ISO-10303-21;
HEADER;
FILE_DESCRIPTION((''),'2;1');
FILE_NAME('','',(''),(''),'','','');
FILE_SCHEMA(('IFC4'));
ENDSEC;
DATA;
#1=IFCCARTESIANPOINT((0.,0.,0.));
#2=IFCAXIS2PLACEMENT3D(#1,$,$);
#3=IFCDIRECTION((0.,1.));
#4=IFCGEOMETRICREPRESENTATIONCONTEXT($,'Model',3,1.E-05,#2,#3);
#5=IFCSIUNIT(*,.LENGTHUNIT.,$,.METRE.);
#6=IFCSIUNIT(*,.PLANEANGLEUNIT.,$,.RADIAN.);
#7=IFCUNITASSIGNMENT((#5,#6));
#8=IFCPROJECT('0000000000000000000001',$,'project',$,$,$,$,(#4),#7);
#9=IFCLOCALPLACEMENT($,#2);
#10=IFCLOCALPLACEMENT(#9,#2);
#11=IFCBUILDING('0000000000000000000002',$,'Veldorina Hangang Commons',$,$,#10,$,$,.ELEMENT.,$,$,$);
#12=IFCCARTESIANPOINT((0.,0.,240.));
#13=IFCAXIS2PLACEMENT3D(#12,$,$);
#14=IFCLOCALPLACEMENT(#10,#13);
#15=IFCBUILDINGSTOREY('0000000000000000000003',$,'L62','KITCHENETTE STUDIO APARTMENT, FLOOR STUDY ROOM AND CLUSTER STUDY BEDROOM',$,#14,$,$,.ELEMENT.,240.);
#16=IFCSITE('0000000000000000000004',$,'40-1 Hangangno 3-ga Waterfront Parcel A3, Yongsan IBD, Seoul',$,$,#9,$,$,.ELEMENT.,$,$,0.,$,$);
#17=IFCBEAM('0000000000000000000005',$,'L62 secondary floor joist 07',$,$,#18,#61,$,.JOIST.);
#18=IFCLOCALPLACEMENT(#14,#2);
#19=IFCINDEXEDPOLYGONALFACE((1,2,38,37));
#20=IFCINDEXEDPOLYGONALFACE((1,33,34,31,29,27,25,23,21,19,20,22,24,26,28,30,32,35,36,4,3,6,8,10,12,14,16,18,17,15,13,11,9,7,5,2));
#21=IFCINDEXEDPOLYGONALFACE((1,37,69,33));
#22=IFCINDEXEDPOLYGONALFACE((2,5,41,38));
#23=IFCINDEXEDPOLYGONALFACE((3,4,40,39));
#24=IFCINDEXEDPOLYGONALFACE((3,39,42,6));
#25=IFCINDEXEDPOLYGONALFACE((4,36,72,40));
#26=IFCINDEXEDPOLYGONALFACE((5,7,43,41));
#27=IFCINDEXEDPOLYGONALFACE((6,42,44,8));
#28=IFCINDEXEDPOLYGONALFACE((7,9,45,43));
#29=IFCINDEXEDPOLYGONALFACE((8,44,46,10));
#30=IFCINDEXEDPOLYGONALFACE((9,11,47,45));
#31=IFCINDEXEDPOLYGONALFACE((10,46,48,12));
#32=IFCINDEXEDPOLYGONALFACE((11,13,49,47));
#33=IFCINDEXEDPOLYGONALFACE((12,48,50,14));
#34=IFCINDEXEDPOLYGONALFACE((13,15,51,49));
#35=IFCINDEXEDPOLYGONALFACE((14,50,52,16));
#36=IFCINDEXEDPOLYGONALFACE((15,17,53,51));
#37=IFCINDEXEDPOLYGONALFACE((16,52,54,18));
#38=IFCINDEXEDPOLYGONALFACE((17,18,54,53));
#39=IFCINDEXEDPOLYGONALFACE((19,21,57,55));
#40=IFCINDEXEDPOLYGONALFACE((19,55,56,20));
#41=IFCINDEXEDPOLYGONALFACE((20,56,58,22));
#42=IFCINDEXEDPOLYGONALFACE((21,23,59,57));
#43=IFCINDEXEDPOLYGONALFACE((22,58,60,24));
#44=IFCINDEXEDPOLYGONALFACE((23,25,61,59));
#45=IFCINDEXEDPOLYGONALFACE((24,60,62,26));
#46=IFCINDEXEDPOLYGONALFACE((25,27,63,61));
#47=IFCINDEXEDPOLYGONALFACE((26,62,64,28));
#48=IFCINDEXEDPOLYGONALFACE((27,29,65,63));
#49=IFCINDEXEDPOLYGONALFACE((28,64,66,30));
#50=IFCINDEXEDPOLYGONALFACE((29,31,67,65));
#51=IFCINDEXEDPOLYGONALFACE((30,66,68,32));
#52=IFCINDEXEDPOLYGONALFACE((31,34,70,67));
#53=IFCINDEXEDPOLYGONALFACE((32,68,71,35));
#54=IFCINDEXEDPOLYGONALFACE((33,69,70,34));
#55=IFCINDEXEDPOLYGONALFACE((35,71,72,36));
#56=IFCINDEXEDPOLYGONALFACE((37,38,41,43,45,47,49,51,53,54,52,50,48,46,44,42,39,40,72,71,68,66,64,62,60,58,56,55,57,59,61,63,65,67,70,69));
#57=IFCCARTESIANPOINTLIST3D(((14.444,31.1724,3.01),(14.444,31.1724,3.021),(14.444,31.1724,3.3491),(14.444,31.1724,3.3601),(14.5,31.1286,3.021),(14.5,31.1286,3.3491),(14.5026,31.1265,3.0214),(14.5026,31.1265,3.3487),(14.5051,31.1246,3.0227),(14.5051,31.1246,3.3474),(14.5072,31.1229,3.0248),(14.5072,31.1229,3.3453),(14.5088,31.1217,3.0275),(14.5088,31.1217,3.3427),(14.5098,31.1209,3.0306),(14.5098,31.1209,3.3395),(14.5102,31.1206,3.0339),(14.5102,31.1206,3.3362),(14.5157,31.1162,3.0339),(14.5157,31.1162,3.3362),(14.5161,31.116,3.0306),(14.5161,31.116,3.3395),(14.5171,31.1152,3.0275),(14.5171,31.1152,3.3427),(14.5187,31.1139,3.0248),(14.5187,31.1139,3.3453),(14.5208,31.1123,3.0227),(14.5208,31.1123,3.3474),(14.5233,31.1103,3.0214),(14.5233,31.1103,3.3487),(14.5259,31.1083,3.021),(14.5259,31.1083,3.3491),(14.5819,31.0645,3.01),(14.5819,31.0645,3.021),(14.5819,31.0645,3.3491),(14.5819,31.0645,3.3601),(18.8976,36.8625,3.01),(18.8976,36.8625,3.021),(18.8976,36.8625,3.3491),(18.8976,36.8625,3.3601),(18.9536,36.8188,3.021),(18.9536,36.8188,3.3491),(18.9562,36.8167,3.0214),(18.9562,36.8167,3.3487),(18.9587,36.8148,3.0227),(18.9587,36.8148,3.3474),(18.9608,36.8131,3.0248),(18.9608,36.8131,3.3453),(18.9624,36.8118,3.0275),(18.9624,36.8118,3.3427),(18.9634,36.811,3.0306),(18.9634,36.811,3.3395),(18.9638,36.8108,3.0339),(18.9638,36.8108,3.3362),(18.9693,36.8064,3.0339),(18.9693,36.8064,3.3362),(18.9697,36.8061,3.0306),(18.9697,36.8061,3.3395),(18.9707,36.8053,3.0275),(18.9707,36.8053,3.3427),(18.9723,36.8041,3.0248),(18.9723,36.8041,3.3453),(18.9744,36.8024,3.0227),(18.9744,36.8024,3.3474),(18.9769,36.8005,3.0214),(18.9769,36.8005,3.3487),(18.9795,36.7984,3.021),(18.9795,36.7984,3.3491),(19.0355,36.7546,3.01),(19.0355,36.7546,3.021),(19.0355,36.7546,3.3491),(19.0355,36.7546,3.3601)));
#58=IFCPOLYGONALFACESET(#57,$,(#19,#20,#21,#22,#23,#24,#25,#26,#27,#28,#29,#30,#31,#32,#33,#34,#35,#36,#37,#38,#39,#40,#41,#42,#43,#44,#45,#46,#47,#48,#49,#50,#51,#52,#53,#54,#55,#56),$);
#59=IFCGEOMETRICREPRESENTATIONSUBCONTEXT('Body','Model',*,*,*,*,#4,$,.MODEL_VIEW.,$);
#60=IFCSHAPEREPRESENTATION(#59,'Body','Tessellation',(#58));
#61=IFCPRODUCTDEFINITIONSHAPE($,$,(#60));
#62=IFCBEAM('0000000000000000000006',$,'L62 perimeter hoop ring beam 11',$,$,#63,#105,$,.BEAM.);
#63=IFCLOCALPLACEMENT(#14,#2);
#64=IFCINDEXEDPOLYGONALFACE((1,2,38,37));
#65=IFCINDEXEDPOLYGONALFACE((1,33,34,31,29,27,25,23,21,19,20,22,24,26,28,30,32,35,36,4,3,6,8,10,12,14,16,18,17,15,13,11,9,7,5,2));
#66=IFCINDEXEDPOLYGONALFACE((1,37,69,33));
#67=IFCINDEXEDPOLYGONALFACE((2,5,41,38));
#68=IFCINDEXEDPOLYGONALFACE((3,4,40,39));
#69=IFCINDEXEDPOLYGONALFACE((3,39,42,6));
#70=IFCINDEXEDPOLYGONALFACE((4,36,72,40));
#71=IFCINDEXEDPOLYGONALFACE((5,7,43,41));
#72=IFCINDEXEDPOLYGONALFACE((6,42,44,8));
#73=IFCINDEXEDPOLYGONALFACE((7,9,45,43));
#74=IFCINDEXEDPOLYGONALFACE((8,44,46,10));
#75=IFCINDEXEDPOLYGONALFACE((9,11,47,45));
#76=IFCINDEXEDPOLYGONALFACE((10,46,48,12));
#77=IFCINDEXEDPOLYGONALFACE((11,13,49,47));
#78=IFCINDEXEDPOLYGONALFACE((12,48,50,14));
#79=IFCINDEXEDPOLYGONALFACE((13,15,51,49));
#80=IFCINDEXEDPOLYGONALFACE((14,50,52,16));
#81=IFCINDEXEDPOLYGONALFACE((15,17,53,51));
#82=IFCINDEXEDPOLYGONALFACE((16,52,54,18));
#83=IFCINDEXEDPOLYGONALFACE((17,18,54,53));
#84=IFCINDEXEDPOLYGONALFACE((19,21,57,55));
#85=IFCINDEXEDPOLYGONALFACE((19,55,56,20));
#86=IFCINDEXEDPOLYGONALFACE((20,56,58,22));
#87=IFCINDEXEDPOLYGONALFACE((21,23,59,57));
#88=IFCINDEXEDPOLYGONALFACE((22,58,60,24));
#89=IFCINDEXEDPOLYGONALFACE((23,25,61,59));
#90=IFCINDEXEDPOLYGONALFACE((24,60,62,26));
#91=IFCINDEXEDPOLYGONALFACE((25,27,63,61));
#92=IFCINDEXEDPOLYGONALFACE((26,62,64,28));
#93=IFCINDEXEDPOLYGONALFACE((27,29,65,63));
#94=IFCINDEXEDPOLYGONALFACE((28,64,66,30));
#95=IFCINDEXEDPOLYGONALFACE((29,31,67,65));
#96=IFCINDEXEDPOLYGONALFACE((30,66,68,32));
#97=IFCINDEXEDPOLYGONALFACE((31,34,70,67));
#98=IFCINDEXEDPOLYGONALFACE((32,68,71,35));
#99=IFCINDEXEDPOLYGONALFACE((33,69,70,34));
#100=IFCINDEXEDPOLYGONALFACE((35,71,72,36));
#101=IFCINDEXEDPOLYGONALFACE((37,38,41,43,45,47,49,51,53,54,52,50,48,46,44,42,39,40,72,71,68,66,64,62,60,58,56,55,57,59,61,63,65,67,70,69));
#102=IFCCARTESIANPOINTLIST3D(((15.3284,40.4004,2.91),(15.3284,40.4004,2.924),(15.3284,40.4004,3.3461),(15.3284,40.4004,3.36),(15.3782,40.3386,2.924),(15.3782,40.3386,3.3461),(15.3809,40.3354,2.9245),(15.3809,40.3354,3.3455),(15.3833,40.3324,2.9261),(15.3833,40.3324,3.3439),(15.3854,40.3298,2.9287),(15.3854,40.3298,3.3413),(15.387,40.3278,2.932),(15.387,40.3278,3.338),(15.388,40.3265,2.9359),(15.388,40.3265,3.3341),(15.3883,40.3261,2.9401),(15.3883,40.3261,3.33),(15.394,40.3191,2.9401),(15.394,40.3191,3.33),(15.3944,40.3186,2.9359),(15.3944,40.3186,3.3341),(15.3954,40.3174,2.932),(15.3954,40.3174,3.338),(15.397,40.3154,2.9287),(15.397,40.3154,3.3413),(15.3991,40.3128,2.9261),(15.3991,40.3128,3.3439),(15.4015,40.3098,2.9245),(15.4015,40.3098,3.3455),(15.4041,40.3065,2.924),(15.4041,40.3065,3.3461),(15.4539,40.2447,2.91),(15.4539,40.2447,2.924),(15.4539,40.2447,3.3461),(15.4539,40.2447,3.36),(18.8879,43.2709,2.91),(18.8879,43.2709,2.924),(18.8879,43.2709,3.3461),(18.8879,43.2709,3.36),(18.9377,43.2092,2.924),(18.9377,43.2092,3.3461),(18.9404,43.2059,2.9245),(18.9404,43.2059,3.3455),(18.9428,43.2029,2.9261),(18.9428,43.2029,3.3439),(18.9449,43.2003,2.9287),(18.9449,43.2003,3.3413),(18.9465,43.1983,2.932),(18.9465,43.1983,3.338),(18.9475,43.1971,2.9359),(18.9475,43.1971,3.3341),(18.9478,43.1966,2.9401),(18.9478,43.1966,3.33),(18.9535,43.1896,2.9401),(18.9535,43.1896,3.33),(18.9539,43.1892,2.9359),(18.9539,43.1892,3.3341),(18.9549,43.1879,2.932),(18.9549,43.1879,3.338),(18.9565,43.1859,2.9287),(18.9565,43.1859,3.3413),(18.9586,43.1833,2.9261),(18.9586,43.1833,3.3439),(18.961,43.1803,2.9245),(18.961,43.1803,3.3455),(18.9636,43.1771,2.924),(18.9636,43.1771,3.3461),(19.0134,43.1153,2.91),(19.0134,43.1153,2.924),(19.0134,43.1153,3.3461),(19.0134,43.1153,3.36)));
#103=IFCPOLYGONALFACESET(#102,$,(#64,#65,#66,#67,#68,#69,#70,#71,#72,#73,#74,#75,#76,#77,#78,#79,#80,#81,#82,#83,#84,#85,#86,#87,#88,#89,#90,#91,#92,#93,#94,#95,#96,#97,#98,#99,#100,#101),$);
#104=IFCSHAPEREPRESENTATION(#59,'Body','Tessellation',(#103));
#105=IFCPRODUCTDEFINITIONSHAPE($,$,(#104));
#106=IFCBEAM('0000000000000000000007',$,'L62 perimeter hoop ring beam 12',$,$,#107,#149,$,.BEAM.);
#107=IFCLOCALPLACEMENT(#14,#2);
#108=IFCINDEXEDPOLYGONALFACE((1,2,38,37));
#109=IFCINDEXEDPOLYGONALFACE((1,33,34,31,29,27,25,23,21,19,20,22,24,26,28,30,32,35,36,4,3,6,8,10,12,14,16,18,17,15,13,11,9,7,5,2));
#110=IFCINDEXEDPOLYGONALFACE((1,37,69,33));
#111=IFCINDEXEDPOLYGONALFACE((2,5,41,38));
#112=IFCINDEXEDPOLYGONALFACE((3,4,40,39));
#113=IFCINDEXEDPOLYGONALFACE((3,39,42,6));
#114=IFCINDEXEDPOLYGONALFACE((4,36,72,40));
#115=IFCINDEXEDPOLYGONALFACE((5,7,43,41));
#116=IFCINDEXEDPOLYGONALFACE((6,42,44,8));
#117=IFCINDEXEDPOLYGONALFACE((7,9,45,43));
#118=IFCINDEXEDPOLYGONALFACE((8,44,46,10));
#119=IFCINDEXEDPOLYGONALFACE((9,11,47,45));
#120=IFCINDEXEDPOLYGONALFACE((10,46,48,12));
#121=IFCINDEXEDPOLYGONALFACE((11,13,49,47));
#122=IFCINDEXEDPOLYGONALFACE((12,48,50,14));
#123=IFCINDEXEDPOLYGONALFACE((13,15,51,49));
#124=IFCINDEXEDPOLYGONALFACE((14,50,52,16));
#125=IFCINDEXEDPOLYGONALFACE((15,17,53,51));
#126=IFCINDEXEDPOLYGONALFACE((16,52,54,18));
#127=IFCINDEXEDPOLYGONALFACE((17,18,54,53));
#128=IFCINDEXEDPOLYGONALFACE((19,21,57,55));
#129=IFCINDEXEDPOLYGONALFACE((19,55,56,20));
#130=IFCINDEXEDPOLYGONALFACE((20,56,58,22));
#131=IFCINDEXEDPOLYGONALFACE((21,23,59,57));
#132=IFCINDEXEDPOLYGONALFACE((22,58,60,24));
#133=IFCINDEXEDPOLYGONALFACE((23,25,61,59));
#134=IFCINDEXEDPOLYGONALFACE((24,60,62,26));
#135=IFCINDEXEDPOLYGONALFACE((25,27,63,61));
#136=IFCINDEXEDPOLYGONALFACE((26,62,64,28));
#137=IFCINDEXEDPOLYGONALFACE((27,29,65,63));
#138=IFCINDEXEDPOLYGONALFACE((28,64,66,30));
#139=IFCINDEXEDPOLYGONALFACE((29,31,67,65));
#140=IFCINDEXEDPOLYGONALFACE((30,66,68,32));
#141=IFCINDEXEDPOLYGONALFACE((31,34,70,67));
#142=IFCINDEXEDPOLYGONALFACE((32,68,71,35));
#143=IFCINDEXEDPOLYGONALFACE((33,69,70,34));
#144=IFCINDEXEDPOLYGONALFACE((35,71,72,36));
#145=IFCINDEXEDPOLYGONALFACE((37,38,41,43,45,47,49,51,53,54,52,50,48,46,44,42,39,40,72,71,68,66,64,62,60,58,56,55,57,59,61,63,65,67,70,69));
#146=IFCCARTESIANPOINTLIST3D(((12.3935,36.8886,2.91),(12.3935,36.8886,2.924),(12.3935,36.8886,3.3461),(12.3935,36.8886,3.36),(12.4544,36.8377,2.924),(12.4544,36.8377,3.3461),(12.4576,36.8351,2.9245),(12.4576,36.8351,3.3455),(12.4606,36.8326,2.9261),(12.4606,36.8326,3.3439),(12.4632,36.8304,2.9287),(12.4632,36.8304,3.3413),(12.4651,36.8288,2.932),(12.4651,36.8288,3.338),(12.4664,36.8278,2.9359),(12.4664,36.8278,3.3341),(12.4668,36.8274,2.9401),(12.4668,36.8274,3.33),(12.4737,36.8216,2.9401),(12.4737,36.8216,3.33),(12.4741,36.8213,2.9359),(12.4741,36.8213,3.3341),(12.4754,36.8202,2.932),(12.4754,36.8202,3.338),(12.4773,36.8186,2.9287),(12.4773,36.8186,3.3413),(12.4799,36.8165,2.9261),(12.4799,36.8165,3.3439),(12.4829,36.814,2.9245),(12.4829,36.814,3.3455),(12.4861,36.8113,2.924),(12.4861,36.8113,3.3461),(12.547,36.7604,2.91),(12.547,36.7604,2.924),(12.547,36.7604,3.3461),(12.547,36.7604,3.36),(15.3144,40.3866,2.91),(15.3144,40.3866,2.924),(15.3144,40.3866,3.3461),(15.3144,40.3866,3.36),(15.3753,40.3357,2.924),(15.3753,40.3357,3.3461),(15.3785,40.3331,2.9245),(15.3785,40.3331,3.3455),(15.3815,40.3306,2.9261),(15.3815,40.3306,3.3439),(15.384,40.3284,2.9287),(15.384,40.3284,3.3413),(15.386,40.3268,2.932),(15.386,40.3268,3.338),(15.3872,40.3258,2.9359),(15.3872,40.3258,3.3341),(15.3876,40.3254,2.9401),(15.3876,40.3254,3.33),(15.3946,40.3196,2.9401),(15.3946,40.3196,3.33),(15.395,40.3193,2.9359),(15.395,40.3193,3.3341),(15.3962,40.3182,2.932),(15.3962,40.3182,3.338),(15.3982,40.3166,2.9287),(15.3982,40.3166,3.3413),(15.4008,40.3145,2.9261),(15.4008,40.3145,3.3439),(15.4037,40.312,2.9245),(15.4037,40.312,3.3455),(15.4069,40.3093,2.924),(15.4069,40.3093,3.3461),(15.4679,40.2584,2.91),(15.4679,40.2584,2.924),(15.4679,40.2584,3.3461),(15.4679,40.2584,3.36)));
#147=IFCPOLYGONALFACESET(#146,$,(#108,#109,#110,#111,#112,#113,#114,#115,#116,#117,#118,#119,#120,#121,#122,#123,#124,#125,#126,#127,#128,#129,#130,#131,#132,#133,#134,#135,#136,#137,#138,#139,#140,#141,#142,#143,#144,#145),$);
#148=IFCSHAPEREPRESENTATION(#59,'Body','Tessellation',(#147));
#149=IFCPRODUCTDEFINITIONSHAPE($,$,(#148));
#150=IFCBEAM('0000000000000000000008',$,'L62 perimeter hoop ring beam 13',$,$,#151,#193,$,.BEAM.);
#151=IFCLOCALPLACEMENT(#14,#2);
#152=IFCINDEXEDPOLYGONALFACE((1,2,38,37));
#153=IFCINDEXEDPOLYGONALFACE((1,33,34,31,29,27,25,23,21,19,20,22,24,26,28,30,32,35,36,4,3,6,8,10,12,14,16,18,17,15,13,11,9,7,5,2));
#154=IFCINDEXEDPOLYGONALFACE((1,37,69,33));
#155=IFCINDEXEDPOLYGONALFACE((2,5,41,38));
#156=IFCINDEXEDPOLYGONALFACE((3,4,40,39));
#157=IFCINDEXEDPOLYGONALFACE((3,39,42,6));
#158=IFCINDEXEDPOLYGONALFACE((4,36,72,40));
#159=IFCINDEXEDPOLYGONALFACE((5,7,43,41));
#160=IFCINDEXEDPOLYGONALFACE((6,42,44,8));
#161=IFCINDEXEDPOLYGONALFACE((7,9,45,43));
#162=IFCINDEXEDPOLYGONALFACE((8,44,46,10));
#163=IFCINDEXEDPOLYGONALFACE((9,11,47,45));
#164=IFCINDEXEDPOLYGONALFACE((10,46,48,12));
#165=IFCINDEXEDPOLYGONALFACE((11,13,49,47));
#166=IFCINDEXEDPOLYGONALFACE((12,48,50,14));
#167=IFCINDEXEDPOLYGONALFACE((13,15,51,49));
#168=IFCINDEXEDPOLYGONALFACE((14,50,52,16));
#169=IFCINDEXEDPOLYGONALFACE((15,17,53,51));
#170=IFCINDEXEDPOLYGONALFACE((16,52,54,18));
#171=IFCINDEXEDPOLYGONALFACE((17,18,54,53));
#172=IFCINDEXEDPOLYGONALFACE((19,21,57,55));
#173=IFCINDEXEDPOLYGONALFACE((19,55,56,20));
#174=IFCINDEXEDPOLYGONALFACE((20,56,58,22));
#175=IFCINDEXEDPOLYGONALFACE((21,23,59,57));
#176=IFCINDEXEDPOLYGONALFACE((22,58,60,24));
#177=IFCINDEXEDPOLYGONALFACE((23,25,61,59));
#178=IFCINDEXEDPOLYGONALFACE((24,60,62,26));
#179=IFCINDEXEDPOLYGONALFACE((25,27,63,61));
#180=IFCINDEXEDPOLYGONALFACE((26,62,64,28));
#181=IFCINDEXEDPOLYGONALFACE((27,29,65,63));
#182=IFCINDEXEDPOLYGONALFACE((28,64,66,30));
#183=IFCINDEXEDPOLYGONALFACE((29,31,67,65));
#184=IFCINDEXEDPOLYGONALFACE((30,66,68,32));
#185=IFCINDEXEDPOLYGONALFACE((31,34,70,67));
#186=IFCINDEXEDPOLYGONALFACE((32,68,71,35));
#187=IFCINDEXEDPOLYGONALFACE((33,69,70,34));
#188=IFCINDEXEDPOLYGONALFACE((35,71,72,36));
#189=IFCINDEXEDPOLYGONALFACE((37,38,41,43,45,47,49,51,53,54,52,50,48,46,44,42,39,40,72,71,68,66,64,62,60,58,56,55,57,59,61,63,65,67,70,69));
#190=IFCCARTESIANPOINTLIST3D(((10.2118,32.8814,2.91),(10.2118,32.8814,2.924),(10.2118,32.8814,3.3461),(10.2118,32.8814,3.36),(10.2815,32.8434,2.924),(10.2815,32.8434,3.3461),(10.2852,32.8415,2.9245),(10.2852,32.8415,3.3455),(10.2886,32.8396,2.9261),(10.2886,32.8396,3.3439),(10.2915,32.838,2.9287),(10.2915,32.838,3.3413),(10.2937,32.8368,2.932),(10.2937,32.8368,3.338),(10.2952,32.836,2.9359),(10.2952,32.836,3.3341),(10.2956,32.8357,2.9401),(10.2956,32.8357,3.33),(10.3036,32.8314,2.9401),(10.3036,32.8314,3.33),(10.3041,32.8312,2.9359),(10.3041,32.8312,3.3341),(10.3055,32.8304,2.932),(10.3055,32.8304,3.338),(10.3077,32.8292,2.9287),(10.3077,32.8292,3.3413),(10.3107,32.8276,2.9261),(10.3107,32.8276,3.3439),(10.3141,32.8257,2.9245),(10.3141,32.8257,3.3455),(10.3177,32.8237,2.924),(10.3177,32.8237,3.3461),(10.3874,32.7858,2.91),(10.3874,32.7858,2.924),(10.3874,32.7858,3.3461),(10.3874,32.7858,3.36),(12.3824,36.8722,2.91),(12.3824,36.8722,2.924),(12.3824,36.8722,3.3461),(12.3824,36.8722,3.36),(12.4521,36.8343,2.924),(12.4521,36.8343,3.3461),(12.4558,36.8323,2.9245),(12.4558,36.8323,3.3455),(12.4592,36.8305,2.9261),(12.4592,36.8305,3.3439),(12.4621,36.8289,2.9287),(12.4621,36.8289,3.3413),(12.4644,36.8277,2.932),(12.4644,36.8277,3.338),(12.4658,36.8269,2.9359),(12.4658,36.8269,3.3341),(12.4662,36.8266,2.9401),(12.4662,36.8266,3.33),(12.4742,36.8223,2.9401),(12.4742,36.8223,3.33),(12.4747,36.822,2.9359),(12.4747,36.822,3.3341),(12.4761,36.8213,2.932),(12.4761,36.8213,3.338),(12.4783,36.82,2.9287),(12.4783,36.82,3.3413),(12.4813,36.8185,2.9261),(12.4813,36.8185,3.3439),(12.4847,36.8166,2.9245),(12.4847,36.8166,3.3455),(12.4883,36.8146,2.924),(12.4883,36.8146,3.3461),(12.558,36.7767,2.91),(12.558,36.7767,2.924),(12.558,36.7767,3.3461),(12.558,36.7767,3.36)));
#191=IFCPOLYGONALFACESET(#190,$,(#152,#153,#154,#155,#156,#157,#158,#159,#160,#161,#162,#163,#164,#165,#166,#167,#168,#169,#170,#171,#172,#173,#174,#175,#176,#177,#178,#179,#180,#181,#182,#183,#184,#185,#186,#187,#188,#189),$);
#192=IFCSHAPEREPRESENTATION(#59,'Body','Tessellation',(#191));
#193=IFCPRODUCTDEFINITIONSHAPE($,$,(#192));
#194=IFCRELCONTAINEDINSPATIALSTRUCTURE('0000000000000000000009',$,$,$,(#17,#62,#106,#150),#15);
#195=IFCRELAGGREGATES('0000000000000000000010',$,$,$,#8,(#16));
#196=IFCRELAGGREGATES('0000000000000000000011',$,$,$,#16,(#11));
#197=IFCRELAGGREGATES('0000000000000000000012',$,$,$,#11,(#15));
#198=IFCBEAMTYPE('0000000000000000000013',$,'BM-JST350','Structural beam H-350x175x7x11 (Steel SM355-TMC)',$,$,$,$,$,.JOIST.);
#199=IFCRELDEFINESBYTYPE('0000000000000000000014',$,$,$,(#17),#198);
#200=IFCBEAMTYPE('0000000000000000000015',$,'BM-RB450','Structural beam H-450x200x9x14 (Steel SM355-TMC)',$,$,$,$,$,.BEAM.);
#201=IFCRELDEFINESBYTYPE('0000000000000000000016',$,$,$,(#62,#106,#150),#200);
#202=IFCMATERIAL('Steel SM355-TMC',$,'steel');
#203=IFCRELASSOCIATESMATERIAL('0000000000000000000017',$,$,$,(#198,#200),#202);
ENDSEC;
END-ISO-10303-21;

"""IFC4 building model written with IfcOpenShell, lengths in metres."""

from ifc_helpers import new_model, si_unit, direction, frame, origin, origin_2d, place, context, subcontext, project, spatial, i_section, extrude, material, material_profile, profile_set, type_object, element, save


model = new_model("IFC4")

# Units and contexts
model_context = context("Model", 3, precision=1e-05, world=origin(), true_north=direction((0.0, 1.0)))
body_context = subcontext(model_context, "Body", "Model", "MODEL_VIEW")
ifc_project = project(units=[si_unit("LENGTHUNIT", "METRE"), si_unit("PLANEANGLEUNIT", "RADIAN")], contexts=[model_context])

# Site, building, storey
site_placement = place(None, origin())
site = spatial("IfcSite", under=ifc_project, at=site_placement, Name="40-1 Hangangno 3-ga Waterfront Parcel A3, Yongsan IBD, Seoul", CompositionType="ELEMENT", RefElevation=0.0)
building_placement = place(site_placement, origin())
building = spatial("IfcBuilding", under=site, at=building_placement, Name="Veldorina Hangang Commons", CompositionType="ELEMENT")
storey_placement = place(building_placement, frame((0.0, 0.0, 240.0)))
storey = spatial("IfcBuildingStorey", under=building, at=storey_placement, Name="L62", Description="KITCHENETTE STUDIO APARTMENT, FLOOR STUDY ROOM AND CLUSTER STUDY BEDROOM", CompositionType="ELEMENT", Elevation=240.0)

# Beams
ifc_material_1 = material(Name="Steel SM355-TMC", Category="steel")
ifc_material_profile_1 = material_profile(ifc_material_1, i_section(OverallWidth=0.175, OverallDepth=0.3501, WebThickness=0.0071, FlangeThickness=0.011, FilletRadius=0.0129, at=origin_2d()), Name="H-350x175x7x11")
ifc_profile_set_1 = profile_set([ifc_material_profile_1], Name="Steel SM355-TMC")
beam_type_1 = type_object("IfcBeamType", Name="BM-JST350", Description="Structural beam H-350x175x7x11 (Steel SM355-TMC)", PredefinedType="JOIST", material=ifc_profile_set_1)
beam_1_placement = place(storey_placement, frame((18.9666, 36.8086, 3.1851), z_axis=(-0.616345, -0.787476, 0.0), x_axis=(0.787476, -0.616345, 0.0)))
element("IfcBeam", 1, at=beam_1_placement, inside=storey, type_object=beam_type_1, Name="L62 secondary floor joist 07", PredefinedType="JOIST", context=body_context, shape_type="SweptSolid", body=[
    extrude(i_section(OverallWidth=0.175, OverallDepth=0.3501, WebThickness=0.0071, FlangeThickness=0.011, FilletRadius=0.0129, at=origin_2d()), origin(), (0.0, 0.0, 1.0), 7.2258),
])
ifc_material_profile_2 = material_profile(ifc_material_1, i_section(OverallWidth=0.2, OverallDepth=0.45, WebThickness=0.009, FlangeThickness=0.0139, FilletRadius=0.0161, at=origin_2d()), Name="H-450x200x9x14")
ifc_profile_set_2 = profile_set([ifc_material_profile_2], Name="Steel SM355-TMC")
beam_type_2 = type_object("IfcBeamType", Name="BM-RB450", Description="Structural beam H-450x200x9x14 (Steel SM355-TMC)", PredefinedType="BEAM", material=ifc_profile_set_2)
beam_2_placement = place(storey_placement, frame((18.9507, 43.1931, 3.135), z_axis=(-0.778415, -0.62775, 0.0), x_axis=(0.62775, -0.778415, 0.0)))
element("IfcBeam", 2, at=beam_2_placement, inside=storey, type_object=beam_type_2, Name="L62 perimeter hoop ring beam 11", PredefinedType="BEAM", context=body_context, shape_type="SweptSolid", body=[
    extrude(i_section(OverallWidth=0.2, OverallDepth=0.45, WebThickness=0.009, FlangeThickness=0.0139, FilletRadius=0.0161, at=origin_2d()), origin(), (0.0, 0.0, 1.0), 4.5728),
])
beam_3_placement = place(storey_placement, frame((15.3911, 40.3225, 3.135), z_axis=(-0.640943, -0.767589, 0.0), x_axis=(0.767589, -0.640943, 0.0)))
element("IfcBeam", 3, at=beam_3_placement, inside=storey, type_object=beam_type_2, Name="L62 perimeter hoop ring beam 12", PredefinedType="BEAM", context=body_context, shape_type="SweptSolid", body=[
    extrude(i_section(OverallWidth=0.2, OverallDepth=0.45, WebThickness=0.009, FlangeThickness=0.0139, FilletRadius=0.0161, at=origin_2d()), origin(), (0.0, 0.0, 1.0), 4.5571),
])
beam_4_placement = place(storey_placement, frame((12.4702, 36.8245, 3.135), z_axis=(-0.477794, -0.878472, 0.0), x_axis=(0.878472, -0.477794, 0.0)))
element("IfcBeam", 4, at=beam_4_placement, inside=storey, type_object=beam_type_2, Name="L62 perimeter hoop ring beam 13", PredefinedType="BEAM", context=body_context, shape_type="SweptSolid", body=[
    extrude(i_section(OverallWidth=0.2, OverallDepth=0.45, WebThickness=0.009, FlangeThickness=0.0139, FilletRadius=0.0161, at=origin_2d()), origin(), (0.0, 0.0, 1.0), 4.543),
])

save(model, "model.ifc")
